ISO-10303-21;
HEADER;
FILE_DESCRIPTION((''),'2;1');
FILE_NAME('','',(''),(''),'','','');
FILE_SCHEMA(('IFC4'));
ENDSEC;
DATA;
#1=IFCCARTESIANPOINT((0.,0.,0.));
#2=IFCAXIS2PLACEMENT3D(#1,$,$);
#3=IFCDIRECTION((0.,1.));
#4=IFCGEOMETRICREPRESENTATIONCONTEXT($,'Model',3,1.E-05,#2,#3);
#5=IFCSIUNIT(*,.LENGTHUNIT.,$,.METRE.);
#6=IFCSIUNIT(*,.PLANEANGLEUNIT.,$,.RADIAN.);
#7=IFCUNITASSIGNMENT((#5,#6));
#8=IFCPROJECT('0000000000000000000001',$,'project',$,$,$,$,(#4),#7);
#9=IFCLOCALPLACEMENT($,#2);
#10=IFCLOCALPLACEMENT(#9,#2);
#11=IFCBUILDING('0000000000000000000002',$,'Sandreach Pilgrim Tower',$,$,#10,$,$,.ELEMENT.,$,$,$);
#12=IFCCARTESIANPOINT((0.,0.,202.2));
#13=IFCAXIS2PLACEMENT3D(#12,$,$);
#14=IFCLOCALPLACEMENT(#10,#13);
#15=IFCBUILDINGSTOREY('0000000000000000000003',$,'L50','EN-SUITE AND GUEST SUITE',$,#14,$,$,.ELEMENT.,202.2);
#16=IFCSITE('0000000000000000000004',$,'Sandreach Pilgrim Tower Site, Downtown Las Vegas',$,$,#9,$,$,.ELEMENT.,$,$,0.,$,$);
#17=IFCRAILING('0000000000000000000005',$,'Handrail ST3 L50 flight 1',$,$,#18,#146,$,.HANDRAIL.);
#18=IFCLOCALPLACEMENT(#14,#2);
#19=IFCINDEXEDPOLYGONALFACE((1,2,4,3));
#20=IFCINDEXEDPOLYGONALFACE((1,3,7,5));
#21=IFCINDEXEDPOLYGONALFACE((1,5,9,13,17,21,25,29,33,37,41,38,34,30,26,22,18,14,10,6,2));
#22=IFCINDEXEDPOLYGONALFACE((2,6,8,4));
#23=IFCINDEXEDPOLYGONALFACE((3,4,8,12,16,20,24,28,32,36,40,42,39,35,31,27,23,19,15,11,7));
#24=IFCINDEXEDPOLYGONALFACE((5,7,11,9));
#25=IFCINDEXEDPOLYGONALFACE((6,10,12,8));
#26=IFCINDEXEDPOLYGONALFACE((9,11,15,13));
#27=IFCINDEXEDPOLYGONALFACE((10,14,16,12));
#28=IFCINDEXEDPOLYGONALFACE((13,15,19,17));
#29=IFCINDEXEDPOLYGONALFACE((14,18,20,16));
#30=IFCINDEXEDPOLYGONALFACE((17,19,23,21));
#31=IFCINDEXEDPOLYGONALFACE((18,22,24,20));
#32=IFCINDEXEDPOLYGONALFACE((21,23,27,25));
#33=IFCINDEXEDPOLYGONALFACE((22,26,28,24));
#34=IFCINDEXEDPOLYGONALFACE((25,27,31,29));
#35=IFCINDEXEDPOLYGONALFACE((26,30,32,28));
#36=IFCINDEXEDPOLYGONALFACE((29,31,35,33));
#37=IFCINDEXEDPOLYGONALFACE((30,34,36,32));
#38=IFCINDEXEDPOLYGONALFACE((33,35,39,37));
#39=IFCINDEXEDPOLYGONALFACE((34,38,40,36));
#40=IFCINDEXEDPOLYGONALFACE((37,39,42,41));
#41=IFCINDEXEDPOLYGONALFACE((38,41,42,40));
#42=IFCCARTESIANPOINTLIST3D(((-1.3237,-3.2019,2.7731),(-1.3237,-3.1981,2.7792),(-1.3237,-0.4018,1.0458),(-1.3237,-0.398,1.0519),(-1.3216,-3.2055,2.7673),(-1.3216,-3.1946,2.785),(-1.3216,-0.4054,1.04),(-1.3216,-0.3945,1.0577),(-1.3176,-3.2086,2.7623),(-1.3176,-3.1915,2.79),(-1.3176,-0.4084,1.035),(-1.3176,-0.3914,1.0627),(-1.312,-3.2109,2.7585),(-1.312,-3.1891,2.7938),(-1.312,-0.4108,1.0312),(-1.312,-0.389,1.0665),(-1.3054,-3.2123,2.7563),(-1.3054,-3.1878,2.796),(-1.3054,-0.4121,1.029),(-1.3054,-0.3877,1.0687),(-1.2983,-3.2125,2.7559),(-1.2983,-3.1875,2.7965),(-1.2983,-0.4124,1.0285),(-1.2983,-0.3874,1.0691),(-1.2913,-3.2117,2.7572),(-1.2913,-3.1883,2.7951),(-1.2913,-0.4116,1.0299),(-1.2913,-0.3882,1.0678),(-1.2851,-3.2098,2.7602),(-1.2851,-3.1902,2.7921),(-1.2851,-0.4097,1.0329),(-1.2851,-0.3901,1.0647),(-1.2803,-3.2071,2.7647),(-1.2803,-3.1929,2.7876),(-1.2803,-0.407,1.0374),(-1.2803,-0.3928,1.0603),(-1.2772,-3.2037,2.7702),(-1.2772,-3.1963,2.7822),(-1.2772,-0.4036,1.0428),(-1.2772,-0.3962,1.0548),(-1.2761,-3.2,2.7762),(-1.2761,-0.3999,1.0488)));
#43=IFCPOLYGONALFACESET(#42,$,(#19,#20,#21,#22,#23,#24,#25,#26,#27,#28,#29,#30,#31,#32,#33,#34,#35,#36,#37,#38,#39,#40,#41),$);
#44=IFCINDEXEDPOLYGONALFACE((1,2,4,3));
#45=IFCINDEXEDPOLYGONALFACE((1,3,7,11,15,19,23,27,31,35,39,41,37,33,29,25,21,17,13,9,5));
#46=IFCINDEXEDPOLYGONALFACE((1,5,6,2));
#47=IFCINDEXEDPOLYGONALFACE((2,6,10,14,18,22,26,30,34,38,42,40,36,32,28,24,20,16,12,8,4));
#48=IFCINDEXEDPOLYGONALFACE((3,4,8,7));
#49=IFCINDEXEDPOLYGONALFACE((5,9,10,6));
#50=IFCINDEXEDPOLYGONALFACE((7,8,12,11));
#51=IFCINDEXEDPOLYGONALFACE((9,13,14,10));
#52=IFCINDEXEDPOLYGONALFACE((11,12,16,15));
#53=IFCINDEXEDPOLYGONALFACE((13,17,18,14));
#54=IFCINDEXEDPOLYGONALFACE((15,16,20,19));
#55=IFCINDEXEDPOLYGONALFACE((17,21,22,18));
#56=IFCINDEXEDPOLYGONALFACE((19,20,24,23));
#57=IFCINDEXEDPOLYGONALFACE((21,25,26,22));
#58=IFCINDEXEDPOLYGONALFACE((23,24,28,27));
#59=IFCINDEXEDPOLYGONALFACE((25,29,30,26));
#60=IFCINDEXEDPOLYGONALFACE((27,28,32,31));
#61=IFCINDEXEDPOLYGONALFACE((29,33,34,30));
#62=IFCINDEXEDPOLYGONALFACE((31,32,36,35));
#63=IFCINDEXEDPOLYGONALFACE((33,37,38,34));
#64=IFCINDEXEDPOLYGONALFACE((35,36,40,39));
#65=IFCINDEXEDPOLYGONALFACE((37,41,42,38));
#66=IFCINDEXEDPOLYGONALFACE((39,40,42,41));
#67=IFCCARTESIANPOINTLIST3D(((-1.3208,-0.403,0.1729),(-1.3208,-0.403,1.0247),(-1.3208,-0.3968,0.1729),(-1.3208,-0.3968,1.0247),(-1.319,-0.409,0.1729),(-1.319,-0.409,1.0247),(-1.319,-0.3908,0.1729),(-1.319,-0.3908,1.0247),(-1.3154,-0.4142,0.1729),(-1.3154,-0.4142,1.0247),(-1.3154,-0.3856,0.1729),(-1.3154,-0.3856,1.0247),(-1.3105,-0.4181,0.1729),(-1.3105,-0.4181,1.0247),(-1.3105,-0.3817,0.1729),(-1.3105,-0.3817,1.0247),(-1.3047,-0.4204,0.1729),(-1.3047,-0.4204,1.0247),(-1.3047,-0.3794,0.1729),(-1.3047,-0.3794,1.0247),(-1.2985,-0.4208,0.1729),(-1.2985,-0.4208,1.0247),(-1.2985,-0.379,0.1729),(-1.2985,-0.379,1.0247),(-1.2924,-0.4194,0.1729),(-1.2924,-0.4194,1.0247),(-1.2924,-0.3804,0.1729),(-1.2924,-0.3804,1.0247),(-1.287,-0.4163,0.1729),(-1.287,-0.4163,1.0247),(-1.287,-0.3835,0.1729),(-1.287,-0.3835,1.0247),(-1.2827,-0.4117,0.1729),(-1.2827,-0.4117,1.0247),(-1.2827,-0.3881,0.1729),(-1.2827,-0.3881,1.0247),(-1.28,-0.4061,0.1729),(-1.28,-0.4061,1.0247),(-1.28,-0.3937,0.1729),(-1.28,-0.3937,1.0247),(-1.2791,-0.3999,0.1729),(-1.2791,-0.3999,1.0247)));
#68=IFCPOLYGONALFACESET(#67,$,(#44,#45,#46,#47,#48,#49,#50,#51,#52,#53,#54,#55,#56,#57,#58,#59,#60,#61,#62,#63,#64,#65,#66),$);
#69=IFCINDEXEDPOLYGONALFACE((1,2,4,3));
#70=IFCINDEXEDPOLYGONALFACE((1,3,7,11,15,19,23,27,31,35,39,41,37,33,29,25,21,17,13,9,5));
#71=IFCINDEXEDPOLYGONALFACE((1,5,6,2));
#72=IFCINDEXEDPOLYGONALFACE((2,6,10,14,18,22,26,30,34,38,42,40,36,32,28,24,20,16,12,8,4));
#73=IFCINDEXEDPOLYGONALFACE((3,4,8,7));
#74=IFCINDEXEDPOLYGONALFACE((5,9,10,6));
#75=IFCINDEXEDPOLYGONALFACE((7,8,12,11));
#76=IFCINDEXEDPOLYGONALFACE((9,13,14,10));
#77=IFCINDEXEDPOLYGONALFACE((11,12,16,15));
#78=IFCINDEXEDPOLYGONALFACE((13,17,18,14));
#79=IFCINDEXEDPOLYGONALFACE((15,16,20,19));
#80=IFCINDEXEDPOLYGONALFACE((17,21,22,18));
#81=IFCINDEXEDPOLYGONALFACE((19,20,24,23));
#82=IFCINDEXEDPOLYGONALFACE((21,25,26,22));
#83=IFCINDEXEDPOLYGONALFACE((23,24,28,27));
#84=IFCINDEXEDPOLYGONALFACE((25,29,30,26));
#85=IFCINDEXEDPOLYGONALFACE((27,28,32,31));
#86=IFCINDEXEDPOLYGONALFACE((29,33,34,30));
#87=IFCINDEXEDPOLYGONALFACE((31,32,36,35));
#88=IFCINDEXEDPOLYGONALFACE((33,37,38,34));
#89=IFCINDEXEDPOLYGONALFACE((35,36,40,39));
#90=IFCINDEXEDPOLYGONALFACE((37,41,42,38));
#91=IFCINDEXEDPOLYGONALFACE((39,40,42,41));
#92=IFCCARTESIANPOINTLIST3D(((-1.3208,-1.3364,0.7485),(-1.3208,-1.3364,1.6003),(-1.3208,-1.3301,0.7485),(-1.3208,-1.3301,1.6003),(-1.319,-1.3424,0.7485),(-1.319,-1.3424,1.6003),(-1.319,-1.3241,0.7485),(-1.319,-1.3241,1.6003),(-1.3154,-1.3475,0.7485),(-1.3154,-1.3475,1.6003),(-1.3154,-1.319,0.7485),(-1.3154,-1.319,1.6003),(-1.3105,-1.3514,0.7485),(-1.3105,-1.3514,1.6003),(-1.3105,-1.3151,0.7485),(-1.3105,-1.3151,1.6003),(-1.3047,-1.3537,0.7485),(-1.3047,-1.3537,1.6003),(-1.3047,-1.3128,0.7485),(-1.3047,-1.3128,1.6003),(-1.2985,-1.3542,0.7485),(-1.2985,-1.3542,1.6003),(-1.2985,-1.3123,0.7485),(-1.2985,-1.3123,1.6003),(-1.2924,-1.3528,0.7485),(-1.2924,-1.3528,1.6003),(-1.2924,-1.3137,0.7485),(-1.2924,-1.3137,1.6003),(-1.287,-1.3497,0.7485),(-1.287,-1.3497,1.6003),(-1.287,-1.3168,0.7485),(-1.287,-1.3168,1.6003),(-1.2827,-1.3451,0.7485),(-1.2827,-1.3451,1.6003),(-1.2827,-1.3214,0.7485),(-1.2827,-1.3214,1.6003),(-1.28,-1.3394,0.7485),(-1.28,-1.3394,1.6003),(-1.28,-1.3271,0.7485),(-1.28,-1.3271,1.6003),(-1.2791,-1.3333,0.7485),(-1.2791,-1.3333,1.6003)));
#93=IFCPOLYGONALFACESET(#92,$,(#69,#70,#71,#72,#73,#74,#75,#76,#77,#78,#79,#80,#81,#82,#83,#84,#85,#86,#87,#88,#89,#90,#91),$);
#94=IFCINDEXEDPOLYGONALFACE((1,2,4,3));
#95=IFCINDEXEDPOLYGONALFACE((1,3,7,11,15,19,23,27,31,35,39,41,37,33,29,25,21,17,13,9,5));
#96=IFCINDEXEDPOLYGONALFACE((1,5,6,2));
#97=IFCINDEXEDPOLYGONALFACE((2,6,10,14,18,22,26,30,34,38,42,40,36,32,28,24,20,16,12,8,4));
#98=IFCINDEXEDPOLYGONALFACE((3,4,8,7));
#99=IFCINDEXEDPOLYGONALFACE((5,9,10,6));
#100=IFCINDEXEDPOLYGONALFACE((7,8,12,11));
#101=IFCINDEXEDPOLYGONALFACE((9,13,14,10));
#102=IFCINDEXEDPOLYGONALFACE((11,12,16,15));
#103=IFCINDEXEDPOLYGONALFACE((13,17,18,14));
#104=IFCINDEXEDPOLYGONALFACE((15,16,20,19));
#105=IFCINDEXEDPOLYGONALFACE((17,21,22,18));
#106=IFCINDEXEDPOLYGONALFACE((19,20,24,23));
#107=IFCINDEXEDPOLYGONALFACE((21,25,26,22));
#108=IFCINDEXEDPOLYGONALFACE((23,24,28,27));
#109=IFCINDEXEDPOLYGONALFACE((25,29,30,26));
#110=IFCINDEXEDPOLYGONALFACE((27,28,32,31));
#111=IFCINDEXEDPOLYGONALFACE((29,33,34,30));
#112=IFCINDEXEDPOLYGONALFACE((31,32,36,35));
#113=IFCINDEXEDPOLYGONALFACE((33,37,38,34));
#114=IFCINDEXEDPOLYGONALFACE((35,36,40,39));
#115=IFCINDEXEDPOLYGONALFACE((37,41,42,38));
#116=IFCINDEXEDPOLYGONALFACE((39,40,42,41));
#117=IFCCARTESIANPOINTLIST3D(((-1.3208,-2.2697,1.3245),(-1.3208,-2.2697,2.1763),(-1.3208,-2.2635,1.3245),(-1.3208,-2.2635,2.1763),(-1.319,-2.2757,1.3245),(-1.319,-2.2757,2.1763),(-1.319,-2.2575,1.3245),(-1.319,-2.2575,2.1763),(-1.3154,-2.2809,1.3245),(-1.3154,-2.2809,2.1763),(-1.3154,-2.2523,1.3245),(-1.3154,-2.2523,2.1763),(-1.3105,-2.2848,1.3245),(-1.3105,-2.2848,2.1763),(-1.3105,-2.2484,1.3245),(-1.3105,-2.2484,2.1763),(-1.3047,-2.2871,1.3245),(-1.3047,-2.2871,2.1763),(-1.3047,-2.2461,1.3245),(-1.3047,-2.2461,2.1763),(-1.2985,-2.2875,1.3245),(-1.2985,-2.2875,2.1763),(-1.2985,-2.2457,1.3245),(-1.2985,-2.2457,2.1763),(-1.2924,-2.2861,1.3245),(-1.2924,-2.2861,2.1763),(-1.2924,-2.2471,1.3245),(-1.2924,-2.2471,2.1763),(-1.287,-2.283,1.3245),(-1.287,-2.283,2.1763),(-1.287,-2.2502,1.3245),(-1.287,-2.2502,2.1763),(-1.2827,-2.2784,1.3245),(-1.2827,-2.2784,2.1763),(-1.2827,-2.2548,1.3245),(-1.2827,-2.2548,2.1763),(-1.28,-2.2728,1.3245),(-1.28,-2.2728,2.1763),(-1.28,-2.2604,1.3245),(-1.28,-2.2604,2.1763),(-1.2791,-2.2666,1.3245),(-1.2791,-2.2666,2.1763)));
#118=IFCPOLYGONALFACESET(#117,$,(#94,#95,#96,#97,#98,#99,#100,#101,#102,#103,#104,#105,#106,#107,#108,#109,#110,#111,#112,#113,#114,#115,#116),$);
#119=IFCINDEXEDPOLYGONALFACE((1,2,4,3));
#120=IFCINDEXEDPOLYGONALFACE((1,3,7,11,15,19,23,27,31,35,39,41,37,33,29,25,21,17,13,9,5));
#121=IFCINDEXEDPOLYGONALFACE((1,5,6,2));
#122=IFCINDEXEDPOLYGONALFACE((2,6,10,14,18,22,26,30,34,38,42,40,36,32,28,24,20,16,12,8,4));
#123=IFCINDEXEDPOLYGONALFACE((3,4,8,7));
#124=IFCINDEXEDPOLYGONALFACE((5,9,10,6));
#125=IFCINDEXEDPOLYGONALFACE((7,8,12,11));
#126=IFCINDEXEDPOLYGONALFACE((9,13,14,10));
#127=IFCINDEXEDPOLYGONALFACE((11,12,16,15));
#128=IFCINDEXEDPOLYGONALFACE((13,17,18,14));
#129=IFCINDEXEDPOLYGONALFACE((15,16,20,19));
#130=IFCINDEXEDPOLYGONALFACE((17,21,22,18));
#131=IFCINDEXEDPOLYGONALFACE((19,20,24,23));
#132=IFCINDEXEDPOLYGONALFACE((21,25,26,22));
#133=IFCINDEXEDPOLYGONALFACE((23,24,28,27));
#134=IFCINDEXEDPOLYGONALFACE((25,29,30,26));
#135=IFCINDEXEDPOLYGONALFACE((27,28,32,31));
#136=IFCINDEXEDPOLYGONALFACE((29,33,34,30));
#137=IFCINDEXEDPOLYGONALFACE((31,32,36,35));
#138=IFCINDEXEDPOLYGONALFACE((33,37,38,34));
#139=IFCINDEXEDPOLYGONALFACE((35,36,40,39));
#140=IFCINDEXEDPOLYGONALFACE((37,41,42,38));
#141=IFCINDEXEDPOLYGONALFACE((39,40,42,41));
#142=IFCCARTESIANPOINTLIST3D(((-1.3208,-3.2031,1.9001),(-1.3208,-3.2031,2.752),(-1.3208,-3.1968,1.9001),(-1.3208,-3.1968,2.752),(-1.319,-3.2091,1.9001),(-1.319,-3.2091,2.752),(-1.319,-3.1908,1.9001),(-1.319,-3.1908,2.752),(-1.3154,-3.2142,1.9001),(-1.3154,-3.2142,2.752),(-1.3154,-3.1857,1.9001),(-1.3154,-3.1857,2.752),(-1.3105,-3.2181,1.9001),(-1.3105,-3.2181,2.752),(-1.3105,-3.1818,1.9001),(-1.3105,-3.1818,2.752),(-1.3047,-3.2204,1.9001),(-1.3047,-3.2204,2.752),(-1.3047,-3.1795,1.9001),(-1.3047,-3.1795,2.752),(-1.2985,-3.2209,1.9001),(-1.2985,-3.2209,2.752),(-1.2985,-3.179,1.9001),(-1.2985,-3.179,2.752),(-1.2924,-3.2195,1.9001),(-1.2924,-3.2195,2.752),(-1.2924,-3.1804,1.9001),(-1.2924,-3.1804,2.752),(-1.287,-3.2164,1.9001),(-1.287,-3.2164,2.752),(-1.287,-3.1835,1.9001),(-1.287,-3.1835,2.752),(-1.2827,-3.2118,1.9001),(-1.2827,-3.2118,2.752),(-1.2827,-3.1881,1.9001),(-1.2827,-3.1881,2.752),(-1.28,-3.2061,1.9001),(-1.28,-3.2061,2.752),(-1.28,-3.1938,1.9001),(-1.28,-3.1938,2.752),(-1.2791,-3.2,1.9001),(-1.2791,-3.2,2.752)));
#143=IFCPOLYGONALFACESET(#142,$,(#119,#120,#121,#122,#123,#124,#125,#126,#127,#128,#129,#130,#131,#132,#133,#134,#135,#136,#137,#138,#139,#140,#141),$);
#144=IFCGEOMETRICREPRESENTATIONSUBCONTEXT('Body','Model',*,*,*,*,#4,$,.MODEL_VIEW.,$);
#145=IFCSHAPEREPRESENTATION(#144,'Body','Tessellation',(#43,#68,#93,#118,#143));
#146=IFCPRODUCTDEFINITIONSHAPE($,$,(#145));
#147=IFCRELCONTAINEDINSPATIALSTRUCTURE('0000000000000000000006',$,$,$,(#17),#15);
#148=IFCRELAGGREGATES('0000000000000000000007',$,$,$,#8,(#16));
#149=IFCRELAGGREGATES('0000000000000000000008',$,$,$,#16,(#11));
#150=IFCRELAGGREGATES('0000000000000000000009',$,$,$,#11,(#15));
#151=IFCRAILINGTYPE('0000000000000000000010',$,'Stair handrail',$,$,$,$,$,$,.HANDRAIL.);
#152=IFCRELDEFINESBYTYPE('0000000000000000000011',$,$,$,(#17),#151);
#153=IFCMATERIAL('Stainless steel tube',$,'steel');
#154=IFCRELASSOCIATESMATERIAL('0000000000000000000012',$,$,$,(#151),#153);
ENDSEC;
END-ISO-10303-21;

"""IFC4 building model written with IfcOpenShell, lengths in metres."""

from ifc_helpers import new_model, si_unit, direction, frame, origin, origin_2d, place, context, subcontext, project, spatial, circle, extrude, material, type_object, element, save


model = new_model("IFC4")

# Units and contexts
model_context = context("Model", 3, precision=1e-05, world=origin(), true_north=direction((0.0, 1.0)))
body_context = subcontext(model_context, "Body", "Model", "MODEL_VIEW")
ifc_project = project(units=[si_unit("LENGTHUNIT", "METRE"), si_unit("PLANEANGLEUNIT", "RADIAN")], contexts=[model_context])

# Site, building, storey
site_placement = place(None, origin())
site = spatial("IfcSite", under=ifc_project, at=site_placement, Name="Sandreach Pilgrim Tower Site, Downtown Las Vegas", CompositionType="ELEMENT", RefElevation=0.0)
building_placement = place(site_placement, origin())
building = spatial("IfcBuilding", under=site, at=building_placement, Name="Sandreach Pilgrim Tower", CompositionType="ELEMENT")
storey_placement = place(building_placement, frame((0.0, 0.0, 202.2)))
storey = spatial("IfcBuildingStorey", under=building, at=storey_placement, Name="L50", Description="EN-SUITE AND GUEST SUITE", CompositionType="ELEMENT", Elevation=202.2)

# Railing
ifc_material_1 = material(Name="Stainless steel tube", Category="steel")
railing_type = type_object("IfcRailingType", Name="Stair handrail", PredefinedType="HANDRAIL", material=ifc_material_1)
for number, where, name in (
    (1, (-1.3, -0.3999, 0.1729), "Handrail ST3 L50 flight 1"),
):
    element("IfcRailing", number, at=place(storey_placement, frame(where)), inside=storey, type_object=railing_type, Name=name, PredefinedType="HANDRAIL", context=body_context, shape_type="SweptSolid", body=[
        extrude(circle(Radius=0.0239, at=origin_2d()), frame((0.0, 0.0, 0.876), z_axis=(0.0, -0.85109, 0.52502), x_axis=(1.0, 0.0, 0.0)), (0.0, 0.0, 1.0), 3.29),
        extrude(circle(Radius=0.021, at=origin_2d()), origin(), (0.0, 0.0, 1.0), 0.8518),
        extrude(circle(Radius=0.021, at=origin_2d()), frame((0.0, -0.9333, 0.5757)), (0.0, 0.0, 1.0), 0.8518),
        extrude(circle(Radius=0.021, at=origin_2d()), frame((0.0, -1.8667, 1.1516)), (0.0, 0.0, 1.0), 0.8518),
        extrude(circle(Radius=0.021, at=origin_2d()), frame((0.0, -2.8, 1.7273)), (0.0, 0.0, 1.0), 0.8518),
    ])

save(model, "model.ifc")
